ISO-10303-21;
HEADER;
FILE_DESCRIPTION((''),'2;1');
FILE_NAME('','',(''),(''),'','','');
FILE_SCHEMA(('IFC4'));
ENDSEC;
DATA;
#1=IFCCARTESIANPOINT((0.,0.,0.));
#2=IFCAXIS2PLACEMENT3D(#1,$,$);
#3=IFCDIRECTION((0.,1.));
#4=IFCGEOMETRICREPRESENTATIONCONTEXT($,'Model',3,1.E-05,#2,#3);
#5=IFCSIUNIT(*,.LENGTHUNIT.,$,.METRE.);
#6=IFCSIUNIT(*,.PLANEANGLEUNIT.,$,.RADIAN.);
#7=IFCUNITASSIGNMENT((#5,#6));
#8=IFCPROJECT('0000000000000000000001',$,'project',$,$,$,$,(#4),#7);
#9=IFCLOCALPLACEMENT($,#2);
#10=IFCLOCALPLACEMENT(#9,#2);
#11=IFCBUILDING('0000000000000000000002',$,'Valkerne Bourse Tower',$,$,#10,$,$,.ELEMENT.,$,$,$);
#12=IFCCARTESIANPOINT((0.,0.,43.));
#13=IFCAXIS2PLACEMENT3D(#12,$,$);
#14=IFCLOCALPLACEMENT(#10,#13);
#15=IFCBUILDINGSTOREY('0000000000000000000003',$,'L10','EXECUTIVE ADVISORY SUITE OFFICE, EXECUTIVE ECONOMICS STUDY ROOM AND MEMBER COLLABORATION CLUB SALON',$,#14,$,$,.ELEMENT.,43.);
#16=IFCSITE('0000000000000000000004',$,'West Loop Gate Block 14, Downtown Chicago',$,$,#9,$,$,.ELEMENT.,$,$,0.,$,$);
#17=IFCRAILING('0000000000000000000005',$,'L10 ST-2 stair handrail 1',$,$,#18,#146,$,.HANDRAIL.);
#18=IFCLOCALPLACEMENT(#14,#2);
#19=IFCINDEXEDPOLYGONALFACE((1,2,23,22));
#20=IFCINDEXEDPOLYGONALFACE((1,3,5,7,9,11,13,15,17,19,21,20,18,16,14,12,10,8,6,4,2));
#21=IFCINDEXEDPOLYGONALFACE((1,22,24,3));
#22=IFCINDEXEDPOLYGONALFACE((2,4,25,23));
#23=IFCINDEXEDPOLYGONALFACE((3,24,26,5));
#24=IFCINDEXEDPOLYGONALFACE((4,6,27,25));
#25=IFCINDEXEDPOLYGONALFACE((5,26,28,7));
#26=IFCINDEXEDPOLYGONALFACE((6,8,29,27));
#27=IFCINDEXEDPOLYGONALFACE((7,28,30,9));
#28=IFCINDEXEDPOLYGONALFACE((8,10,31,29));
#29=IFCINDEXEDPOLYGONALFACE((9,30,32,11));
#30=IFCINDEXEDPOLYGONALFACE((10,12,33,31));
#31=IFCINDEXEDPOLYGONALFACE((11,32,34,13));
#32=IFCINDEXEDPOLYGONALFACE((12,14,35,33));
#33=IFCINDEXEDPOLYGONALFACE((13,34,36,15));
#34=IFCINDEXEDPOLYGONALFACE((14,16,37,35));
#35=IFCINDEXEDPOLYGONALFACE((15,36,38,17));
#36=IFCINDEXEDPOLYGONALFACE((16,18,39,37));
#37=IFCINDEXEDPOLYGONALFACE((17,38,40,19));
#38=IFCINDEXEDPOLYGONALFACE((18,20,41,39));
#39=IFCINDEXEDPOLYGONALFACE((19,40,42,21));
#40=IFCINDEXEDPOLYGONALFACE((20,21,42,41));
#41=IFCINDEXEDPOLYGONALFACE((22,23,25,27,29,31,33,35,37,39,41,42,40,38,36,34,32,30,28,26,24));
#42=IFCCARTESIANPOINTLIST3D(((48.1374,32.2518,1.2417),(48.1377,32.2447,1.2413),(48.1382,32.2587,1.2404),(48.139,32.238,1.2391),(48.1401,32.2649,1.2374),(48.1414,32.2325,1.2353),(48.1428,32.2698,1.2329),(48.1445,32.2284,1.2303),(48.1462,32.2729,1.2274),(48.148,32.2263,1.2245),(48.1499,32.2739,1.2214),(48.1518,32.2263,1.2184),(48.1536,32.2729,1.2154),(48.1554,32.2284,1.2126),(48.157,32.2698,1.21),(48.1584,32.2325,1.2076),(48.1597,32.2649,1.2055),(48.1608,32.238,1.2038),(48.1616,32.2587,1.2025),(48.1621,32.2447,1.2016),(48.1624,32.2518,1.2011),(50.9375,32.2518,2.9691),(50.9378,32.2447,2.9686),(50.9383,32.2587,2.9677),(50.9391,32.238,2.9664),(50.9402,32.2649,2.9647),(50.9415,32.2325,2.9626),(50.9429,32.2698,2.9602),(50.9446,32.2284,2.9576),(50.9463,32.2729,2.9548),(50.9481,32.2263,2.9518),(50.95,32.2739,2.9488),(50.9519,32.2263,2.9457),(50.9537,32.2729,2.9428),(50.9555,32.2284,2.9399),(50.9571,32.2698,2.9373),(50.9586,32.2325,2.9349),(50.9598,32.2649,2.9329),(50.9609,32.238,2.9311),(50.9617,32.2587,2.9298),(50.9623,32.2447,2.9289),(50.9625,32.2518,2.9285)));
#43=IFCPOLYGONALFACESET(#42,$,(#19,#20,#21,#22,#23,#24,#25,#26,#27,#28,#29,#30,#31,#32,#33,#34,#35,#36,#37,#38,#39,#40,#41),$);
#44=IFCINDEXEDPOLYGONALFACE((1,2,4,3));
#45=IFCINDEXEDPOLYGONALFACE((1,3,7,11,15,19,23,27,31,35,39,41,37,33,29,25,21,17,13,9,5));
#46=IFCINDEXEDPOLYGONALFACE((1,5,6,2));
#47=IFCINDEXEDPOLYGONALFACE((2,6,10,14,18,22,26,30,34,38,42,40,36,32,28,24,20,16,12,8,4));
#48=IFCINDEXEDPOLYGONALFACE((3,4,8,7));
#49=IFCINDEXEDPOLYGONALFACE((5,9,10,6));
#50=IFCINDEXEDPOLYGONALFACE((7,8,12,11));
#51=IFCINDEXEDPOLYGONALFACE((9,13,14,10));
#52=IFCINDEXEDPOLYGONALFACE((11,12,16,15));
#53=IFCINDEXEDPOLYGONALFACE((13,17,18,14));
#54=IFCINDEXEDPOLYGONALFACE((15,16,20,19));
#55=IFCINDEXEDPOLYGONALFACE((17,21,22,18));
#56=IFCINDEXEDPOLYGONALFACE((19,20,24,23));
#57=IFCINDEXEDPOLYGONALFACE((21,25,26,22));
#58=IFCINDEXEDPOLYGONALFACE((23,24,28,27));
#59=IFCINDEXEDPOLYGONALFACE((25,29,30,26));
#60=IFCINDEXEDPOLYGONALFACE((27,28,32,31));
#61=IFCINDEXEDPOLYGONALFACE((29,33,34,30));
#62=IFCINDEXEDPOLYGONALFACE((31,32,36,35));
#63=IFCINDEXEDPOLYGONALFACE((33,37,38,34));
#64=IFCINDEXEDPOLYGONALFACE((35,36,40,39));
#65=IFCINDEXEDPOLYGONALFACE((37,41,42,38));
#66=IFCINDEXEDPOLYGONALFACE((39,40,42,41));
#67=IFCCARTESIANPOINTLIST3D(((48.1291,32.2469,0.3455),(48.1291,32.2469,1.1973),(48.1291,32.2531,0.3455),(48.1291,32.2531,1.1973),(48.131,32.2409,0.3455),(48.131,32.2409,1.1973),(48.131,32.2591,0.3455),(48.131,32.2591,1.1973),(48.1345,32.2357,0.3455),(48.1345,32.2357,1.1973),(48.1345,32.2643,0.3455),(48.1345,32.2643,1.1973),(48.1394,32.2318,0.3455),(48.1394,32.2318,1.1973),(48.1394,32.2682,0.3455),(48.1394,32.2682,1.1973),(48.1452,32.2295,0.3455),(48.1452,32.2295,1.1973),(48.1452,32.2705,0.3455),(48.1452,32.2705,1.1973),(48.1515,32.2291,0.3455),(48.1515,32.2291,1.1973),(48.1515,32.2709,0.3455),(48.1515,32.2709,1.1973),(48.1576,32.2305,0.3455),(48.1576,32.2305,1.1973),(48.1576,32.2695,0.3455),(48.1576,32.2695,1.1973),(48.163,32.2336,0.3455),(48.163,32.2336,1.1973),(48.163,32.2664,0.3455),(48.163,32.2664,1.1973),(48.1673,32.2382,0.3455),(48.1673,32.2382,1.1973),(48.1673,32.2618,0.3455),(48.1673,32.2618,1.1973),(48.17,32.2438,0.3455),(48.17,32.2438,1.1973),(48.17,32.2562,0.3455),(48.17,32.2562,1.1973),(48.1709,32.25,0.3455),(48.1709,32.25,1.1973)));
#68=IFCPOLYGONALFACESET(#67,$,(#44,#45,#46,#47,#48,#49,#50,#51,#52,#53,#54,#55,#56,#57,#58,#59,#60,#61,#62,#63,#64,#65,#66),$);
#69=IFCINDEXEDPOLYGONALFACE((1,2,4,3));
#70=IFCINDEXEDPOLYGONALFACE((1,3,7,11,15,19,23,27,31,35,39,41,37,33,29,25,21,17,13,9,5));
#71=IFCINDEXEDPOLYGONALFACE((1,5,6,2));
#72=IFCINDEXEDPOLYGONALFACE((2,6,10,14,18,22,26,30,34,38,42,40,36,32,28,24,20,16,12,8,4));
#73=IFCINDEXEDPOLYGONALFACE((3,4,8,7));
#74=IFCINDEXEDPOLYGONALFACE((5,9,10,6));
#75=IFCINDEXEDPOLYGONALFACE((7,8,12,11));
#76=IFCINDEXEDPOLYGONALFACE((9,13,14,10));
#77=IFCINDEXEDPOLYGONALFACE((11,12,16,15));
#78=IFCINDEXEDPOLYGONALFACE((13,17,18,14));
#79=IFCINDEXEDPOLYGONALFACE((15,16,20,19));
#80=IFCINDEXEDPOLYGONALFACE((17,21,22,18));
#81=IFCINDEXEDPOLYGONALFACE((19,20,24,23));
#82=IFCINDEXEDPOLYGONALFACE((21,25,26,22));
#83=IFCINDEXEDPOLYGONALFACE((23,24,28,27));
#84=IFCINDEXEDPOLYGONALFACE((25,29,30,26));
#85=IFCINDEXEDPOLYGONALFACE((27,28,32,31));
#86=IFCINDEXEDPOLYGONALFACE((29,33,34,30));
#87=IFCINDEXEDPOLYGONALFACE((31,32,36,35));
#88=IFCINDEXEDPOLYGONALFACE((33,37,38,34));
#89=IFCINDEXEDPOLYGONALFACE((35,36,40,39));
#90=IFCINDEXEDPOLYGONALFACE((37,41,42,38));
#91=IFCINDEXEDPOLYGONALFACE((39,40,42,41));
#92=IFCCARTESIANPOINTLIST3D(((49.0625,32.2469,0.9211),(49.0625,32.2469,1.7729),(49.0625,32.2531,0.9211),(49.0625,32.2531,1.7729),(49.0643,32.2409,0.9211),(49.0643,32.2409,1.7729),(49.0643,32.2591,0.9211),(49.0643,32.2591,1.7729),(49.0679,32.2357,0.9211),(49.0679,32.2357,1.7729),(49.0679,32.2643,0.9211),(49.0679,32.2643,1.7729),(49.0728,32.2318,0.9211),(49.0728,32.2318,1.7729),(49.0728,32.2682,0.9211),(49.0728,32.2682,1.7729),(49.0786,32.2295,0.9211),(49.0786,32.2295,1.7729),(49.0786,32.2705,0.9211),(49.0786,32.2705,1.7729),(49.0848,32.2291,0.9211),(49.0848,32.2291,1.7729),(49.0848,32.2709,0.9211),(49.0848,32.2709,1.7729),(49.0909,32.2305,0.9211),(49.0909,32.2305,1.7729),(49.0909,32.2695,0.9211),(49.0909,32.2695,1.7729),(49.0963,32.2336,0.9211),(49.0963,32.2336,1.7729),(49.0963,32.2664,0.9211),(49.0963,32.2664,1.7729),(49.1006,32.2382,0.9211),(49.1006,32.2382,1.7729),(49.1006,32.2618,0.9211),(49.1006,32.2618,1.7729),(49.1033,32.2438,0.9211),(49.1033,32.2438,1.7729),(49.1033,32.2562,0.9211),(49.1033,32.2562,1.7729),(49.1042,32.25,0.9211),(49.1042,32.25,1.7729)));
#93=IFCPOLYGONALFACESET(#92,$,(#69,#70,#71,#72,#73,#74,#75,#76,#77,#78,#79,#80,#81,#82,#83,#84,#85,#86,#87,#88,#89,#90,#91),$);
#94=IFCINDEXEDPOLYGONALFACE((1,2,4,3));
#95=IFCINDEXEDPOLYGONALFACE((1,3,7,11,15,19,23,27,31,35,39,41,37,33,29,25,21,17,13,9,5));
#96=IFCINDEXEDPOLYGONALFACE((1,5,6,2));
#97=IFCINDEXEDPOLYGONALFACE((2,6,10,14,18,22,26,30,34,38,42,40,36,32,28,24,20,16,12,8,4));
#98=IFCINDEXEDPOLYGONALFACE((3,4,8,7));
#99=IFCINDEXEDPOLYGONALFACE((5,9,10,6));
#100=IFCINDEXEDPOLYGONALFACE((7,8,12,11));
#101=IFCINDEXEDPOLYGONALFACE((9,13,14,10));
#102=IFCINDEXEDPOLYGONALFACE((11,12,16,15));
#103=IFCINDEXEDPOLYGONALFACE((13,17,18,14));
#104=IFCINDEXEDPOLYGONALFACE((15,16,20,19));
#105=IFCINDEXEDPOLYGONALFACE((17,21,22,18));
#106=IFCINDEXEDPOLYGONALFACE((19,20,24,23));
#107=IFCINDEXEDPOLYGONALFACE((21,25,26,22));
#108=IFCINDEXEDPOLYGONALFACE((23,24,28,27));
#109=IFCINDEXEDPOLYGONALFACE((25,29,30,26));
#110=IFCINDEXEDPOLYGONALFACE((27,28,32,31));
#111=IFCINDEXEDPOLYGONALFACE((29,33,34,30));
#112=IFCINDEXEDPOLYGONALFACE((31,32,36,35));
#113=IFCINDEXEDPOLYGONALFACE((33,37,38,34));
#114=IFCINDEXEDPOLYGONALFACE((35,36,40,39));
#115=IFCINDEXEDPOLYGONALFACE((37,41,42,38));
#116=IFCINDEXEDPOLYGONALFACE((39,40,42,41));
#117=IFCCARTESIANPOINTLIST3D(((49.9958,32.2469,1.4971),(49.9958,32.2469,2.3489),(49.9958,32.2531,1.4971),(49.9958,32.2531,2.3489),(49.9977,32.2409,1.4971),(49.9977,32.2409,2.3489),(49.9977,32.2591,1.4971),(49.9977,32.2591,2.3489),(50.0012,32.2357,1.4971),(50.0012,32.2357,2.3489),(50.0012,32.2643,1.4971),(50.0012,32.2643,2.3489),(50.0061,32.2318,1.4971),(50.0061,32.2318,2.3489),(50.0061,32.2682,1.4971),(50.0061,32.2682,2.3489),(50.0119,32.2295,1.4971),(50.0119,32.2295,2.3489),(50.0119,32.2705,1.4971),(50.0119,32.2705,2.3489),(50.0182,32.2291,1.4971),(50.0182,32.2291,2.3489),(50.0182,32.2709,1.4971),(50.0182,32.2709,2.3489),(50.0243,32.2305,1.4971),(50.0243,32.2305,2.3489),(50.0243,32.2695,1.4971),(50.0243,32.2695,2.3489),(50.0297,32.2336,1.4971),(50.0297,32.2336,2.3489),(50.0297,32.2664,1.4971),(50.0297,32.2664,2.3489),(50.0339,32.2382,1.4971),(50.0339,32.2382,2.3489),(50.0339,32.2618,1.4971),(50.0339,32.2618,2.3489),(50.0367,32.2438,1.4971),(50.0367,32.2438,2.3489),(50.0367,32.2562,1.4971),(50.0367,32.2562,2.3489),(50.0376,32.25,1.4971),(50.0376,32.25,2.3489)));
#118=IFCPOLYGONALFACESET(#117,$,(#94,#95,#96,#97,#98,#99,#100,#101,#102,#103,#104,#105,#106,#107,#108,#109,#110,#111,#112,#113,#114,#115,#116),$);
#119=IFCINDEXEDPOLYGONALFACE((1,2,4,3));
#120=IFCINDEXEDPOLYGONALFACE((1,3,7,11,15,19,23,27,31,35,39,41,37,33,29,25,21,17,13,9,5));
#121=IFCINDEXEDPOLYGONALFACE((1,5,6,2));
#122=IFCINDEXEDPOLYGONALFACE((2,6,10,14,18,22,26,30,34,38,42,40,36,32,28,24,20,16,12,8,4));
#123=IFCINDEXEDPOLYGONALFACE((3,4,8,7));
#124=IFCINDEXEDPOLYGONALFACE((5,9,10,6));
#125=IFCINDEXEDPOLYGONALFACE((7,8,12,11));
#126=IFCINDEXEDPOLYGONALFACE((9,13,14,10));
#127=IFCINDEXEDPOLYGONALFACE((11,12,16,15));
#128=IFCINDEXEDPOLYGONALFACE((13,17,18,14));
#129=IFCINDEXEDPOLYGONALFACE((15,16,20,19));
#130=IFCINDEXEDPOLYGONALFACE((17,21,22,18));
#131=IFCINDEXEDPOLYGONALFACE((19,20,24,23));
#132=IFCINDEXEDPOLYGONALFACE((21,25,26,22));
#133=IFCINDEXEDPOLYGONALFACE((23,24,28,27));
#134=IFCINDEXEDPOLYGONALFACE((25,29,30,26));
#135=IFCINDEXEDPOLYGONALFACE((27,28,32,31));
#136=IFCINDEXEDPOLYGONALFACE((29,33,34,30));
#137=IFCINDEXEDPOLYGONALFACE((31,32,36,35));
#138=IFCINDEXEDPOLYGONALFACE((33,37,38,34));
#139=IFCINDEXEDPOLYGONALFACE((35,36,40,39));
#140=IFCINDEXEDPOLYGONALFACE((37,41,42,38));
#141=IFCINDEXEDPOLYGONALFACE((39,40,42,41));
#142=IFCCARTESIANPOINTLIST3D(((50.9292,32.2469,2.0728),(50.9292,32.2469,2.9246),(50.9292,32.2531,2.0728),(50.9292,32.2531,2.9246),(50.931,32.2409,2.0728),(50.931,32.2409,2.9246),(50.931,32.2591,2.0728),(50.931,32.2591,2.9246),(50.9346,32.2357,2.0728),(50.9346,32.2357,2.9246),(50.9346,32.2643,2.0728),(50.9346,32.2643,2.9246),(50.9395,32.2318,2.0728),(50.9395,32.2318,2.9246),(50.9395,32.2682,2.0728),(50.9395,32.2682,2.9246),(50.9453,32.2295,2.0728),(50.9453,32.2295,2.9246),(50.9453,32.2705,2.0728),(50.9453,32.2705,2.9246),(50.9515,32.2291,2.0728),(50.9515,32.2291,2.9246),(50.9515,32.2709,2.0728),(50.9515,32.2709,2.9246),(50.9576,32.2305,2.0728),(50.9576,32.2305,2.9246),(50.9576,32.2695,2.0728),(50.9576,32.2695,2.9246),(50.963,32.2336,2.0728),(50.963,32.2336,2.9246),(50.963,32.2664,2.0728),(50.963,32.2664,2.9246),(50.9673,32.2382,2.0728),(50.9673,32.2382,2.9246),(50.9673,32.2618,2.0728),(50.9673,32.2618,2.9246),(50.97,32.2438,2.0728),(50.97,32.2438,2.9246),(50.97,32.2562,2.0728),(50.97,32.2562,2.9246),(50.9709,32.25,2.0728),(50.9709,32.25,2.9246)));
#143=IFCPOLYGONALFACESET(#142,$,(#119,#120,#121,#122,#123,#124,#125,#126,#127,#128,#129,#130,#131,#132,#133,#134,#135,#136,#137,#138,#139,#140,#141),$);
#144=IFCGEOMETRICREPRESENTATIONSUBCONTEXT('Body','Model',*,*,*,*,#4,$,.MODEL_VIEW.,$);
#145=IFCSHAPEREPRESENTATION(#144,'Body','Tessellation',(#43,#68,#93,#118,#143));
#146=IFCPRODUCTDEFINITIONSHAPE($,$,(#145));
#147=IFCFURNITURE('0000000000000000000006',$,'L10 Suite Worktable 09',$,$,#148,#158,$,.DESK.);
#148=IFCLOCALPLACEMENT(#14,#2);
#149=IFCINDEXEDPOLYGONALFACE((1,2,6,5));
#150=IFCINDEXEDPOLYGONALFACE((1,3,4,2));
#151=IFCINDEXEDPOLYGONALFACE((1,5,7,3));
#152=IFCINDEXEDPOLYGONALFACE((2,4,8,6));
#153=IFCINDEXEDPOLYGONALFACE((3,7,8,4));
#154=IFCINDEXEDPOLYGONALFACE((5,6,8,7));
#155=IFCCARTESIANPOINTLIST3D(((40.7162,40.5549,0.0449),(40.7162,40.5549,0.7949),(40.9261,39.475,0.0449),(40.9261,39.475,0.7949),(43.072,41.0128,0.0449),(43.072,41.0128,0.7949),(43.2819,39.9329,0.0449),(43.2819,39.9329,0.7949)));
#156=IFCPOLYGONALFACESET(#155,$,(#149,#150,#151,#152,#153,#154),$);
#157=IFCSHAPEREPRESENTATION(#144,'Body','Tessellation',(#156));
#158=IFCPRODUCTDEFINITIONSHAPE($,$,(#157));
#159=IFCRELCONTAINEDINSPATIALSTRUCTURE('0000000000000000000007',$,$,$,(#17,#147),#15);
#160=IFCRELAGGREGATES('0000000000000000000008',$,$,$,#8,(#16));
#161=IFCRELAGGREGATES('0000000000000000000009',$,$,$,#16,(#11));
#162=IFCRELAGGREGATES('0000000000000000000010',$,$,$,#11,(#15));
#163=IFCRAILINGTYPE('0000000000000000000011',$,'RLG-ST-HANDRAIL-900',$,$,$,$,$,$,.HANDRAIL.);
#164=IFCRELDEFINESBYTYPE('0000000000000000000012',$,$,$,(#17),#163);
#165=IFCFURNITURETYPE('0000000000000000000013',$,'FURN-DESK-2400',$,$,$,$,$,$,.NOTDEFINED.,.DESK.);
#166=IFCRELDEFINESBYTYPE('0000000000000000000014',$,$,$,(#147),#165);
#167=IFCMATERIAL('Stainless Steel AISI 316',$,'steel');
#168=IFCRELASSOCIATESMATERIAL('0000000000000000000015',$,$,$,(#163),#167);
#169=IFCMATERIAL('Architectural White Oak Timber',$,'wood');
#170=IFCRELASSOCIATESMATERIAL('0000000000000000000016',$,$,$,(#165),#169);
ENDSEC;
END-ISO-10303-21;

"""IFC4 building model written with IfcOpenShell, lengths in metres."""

from ifc_helpers import new_model, si_unit, direction, frame, origin, origin_2d, place, context, subcontext, project, spatial, rectangle, circle, extrude, material, type_object, element, save


model = new_model("IFC4")

# Units and contexts
model_context = context("Model", 3, precision=1e-05, world=origin(), true_north=direction((0.0, 1.0)))
body_context = subcontext(model_context, "Body", "Model", "MODEL_VIEW")
ifc_project = project(units=[si_unit("LENGTHUNIT", "METRE"), si_unit("PLANEANGLEUNIT", "RADIAN")], contexts=[model_context])

# Site, building, storey
site_placement = place(None, origin())
site = spatial("IfcSite", under=ifc_project, at=site_placement, Name="West Loop Gate Block 14, Downtown Chicago", CompositionType="ELEMENT", RefElevation=0.0)
building_placement = place(site_placement, origin())
building = spatial("IfcBuilding", under=site, at=building_placement, Name="Valkerne Bourse Tower", CompositionType="ELEMENT")
storey_placement = place(building_placement, frame((0.0, 0.0, 43.0)))
storey = spatial("IfcBuildingStorey", under=building, at=storey_placement, Name="L10", Description="EXECUTIVE ADVISORY SUITE OFFICE, EXECUTIVE ECONOMICS STUDY ROOM AND MEMBER COLLABORATION CLUB SALON", CompositionType="ELEMENT", Elevation=43.0)

# Shared definitions
ifc_material_1 = material(Name="Stainless Steel AISI 316", Category="steel")

# Railing
railing_type_1 = type_object("IfcRailingType", Name="RLG-ST-HANDRAIL-900", PredefinedType="HANDRAIL", material=ifc_material_1)
railing_1_placement = place(storey_placement, frame((48.1499, 32.25, 0.3455)))
element("IfcRailing", 1, at=railing_1_placement, inside=storey, type_object=railing_type_1, Name="L10 ST-2 stair handrail 1", PredefinedType="HANDRAIL", context=body_context, shape_type="SweptSolid", body=[
    extrude(circle(Radius=0.0239, at=origin_2d()), frame((0.0, 0.0, 0.876), z_axis=(0.85109, 0.0, 0.52502), x_axis=(0.0, 1.0, 0.0)), (0.0, 0.0, 1.0), 3.29),
    extrude(circle(Radius=0.021, at=origin_2d()), origin(), (0.0, 0.0, 1.0), 0.8518),
    extrude(circle(Radius=0.021, at=origin_2d()), frame((0.9333, 0.0, 0.5757)), (0.0, 0.0, 1.0), 0.8518),
    extrude(circle(Radius=0.021, at=origin_2d()), frame((1.8667, 0.0, 1.1516)), (0.0, 0.0, 1.0), 0.8518),
    extrude(circle(Radius=0.021, at=origin_2d()), frame((2.8, 0.0, 1.7273)), (0.0, 0.0, 1.0), 0.8518),
])

# Furniture
ifc_material_2 = material(Name="Architectural White Oak Timber", Category="wood")
furniture_type = type_object("IfcFurnitureType", Name="FURN-DESK-2400", AssemblyPlace="NOTDEFINED", PredefinedType="DESK", material=ifc_material_2)
furniture_placement = place(storey_placement, frame((41.999, 40.2439, 0.0449), z_axis=(0.0, 0.0, 1.0), x_axis=(0.981627, 0.190809, 0.0)))
element("IfcFurniture", 2, at=furniture_placement, inside=storey, type_object=furniture_type, Name="L10 Suite Worktable 09", PredefinedType="DESK", context=body_context, shape_type="SweptSolid", body=[
    extrude(rectangle(XDim=2.3999, YDim=1.1001, at=origin_2d()), origin(), (0.0, 0.0, 1.0), 0.75),
])

save(model, "model.ifc")
